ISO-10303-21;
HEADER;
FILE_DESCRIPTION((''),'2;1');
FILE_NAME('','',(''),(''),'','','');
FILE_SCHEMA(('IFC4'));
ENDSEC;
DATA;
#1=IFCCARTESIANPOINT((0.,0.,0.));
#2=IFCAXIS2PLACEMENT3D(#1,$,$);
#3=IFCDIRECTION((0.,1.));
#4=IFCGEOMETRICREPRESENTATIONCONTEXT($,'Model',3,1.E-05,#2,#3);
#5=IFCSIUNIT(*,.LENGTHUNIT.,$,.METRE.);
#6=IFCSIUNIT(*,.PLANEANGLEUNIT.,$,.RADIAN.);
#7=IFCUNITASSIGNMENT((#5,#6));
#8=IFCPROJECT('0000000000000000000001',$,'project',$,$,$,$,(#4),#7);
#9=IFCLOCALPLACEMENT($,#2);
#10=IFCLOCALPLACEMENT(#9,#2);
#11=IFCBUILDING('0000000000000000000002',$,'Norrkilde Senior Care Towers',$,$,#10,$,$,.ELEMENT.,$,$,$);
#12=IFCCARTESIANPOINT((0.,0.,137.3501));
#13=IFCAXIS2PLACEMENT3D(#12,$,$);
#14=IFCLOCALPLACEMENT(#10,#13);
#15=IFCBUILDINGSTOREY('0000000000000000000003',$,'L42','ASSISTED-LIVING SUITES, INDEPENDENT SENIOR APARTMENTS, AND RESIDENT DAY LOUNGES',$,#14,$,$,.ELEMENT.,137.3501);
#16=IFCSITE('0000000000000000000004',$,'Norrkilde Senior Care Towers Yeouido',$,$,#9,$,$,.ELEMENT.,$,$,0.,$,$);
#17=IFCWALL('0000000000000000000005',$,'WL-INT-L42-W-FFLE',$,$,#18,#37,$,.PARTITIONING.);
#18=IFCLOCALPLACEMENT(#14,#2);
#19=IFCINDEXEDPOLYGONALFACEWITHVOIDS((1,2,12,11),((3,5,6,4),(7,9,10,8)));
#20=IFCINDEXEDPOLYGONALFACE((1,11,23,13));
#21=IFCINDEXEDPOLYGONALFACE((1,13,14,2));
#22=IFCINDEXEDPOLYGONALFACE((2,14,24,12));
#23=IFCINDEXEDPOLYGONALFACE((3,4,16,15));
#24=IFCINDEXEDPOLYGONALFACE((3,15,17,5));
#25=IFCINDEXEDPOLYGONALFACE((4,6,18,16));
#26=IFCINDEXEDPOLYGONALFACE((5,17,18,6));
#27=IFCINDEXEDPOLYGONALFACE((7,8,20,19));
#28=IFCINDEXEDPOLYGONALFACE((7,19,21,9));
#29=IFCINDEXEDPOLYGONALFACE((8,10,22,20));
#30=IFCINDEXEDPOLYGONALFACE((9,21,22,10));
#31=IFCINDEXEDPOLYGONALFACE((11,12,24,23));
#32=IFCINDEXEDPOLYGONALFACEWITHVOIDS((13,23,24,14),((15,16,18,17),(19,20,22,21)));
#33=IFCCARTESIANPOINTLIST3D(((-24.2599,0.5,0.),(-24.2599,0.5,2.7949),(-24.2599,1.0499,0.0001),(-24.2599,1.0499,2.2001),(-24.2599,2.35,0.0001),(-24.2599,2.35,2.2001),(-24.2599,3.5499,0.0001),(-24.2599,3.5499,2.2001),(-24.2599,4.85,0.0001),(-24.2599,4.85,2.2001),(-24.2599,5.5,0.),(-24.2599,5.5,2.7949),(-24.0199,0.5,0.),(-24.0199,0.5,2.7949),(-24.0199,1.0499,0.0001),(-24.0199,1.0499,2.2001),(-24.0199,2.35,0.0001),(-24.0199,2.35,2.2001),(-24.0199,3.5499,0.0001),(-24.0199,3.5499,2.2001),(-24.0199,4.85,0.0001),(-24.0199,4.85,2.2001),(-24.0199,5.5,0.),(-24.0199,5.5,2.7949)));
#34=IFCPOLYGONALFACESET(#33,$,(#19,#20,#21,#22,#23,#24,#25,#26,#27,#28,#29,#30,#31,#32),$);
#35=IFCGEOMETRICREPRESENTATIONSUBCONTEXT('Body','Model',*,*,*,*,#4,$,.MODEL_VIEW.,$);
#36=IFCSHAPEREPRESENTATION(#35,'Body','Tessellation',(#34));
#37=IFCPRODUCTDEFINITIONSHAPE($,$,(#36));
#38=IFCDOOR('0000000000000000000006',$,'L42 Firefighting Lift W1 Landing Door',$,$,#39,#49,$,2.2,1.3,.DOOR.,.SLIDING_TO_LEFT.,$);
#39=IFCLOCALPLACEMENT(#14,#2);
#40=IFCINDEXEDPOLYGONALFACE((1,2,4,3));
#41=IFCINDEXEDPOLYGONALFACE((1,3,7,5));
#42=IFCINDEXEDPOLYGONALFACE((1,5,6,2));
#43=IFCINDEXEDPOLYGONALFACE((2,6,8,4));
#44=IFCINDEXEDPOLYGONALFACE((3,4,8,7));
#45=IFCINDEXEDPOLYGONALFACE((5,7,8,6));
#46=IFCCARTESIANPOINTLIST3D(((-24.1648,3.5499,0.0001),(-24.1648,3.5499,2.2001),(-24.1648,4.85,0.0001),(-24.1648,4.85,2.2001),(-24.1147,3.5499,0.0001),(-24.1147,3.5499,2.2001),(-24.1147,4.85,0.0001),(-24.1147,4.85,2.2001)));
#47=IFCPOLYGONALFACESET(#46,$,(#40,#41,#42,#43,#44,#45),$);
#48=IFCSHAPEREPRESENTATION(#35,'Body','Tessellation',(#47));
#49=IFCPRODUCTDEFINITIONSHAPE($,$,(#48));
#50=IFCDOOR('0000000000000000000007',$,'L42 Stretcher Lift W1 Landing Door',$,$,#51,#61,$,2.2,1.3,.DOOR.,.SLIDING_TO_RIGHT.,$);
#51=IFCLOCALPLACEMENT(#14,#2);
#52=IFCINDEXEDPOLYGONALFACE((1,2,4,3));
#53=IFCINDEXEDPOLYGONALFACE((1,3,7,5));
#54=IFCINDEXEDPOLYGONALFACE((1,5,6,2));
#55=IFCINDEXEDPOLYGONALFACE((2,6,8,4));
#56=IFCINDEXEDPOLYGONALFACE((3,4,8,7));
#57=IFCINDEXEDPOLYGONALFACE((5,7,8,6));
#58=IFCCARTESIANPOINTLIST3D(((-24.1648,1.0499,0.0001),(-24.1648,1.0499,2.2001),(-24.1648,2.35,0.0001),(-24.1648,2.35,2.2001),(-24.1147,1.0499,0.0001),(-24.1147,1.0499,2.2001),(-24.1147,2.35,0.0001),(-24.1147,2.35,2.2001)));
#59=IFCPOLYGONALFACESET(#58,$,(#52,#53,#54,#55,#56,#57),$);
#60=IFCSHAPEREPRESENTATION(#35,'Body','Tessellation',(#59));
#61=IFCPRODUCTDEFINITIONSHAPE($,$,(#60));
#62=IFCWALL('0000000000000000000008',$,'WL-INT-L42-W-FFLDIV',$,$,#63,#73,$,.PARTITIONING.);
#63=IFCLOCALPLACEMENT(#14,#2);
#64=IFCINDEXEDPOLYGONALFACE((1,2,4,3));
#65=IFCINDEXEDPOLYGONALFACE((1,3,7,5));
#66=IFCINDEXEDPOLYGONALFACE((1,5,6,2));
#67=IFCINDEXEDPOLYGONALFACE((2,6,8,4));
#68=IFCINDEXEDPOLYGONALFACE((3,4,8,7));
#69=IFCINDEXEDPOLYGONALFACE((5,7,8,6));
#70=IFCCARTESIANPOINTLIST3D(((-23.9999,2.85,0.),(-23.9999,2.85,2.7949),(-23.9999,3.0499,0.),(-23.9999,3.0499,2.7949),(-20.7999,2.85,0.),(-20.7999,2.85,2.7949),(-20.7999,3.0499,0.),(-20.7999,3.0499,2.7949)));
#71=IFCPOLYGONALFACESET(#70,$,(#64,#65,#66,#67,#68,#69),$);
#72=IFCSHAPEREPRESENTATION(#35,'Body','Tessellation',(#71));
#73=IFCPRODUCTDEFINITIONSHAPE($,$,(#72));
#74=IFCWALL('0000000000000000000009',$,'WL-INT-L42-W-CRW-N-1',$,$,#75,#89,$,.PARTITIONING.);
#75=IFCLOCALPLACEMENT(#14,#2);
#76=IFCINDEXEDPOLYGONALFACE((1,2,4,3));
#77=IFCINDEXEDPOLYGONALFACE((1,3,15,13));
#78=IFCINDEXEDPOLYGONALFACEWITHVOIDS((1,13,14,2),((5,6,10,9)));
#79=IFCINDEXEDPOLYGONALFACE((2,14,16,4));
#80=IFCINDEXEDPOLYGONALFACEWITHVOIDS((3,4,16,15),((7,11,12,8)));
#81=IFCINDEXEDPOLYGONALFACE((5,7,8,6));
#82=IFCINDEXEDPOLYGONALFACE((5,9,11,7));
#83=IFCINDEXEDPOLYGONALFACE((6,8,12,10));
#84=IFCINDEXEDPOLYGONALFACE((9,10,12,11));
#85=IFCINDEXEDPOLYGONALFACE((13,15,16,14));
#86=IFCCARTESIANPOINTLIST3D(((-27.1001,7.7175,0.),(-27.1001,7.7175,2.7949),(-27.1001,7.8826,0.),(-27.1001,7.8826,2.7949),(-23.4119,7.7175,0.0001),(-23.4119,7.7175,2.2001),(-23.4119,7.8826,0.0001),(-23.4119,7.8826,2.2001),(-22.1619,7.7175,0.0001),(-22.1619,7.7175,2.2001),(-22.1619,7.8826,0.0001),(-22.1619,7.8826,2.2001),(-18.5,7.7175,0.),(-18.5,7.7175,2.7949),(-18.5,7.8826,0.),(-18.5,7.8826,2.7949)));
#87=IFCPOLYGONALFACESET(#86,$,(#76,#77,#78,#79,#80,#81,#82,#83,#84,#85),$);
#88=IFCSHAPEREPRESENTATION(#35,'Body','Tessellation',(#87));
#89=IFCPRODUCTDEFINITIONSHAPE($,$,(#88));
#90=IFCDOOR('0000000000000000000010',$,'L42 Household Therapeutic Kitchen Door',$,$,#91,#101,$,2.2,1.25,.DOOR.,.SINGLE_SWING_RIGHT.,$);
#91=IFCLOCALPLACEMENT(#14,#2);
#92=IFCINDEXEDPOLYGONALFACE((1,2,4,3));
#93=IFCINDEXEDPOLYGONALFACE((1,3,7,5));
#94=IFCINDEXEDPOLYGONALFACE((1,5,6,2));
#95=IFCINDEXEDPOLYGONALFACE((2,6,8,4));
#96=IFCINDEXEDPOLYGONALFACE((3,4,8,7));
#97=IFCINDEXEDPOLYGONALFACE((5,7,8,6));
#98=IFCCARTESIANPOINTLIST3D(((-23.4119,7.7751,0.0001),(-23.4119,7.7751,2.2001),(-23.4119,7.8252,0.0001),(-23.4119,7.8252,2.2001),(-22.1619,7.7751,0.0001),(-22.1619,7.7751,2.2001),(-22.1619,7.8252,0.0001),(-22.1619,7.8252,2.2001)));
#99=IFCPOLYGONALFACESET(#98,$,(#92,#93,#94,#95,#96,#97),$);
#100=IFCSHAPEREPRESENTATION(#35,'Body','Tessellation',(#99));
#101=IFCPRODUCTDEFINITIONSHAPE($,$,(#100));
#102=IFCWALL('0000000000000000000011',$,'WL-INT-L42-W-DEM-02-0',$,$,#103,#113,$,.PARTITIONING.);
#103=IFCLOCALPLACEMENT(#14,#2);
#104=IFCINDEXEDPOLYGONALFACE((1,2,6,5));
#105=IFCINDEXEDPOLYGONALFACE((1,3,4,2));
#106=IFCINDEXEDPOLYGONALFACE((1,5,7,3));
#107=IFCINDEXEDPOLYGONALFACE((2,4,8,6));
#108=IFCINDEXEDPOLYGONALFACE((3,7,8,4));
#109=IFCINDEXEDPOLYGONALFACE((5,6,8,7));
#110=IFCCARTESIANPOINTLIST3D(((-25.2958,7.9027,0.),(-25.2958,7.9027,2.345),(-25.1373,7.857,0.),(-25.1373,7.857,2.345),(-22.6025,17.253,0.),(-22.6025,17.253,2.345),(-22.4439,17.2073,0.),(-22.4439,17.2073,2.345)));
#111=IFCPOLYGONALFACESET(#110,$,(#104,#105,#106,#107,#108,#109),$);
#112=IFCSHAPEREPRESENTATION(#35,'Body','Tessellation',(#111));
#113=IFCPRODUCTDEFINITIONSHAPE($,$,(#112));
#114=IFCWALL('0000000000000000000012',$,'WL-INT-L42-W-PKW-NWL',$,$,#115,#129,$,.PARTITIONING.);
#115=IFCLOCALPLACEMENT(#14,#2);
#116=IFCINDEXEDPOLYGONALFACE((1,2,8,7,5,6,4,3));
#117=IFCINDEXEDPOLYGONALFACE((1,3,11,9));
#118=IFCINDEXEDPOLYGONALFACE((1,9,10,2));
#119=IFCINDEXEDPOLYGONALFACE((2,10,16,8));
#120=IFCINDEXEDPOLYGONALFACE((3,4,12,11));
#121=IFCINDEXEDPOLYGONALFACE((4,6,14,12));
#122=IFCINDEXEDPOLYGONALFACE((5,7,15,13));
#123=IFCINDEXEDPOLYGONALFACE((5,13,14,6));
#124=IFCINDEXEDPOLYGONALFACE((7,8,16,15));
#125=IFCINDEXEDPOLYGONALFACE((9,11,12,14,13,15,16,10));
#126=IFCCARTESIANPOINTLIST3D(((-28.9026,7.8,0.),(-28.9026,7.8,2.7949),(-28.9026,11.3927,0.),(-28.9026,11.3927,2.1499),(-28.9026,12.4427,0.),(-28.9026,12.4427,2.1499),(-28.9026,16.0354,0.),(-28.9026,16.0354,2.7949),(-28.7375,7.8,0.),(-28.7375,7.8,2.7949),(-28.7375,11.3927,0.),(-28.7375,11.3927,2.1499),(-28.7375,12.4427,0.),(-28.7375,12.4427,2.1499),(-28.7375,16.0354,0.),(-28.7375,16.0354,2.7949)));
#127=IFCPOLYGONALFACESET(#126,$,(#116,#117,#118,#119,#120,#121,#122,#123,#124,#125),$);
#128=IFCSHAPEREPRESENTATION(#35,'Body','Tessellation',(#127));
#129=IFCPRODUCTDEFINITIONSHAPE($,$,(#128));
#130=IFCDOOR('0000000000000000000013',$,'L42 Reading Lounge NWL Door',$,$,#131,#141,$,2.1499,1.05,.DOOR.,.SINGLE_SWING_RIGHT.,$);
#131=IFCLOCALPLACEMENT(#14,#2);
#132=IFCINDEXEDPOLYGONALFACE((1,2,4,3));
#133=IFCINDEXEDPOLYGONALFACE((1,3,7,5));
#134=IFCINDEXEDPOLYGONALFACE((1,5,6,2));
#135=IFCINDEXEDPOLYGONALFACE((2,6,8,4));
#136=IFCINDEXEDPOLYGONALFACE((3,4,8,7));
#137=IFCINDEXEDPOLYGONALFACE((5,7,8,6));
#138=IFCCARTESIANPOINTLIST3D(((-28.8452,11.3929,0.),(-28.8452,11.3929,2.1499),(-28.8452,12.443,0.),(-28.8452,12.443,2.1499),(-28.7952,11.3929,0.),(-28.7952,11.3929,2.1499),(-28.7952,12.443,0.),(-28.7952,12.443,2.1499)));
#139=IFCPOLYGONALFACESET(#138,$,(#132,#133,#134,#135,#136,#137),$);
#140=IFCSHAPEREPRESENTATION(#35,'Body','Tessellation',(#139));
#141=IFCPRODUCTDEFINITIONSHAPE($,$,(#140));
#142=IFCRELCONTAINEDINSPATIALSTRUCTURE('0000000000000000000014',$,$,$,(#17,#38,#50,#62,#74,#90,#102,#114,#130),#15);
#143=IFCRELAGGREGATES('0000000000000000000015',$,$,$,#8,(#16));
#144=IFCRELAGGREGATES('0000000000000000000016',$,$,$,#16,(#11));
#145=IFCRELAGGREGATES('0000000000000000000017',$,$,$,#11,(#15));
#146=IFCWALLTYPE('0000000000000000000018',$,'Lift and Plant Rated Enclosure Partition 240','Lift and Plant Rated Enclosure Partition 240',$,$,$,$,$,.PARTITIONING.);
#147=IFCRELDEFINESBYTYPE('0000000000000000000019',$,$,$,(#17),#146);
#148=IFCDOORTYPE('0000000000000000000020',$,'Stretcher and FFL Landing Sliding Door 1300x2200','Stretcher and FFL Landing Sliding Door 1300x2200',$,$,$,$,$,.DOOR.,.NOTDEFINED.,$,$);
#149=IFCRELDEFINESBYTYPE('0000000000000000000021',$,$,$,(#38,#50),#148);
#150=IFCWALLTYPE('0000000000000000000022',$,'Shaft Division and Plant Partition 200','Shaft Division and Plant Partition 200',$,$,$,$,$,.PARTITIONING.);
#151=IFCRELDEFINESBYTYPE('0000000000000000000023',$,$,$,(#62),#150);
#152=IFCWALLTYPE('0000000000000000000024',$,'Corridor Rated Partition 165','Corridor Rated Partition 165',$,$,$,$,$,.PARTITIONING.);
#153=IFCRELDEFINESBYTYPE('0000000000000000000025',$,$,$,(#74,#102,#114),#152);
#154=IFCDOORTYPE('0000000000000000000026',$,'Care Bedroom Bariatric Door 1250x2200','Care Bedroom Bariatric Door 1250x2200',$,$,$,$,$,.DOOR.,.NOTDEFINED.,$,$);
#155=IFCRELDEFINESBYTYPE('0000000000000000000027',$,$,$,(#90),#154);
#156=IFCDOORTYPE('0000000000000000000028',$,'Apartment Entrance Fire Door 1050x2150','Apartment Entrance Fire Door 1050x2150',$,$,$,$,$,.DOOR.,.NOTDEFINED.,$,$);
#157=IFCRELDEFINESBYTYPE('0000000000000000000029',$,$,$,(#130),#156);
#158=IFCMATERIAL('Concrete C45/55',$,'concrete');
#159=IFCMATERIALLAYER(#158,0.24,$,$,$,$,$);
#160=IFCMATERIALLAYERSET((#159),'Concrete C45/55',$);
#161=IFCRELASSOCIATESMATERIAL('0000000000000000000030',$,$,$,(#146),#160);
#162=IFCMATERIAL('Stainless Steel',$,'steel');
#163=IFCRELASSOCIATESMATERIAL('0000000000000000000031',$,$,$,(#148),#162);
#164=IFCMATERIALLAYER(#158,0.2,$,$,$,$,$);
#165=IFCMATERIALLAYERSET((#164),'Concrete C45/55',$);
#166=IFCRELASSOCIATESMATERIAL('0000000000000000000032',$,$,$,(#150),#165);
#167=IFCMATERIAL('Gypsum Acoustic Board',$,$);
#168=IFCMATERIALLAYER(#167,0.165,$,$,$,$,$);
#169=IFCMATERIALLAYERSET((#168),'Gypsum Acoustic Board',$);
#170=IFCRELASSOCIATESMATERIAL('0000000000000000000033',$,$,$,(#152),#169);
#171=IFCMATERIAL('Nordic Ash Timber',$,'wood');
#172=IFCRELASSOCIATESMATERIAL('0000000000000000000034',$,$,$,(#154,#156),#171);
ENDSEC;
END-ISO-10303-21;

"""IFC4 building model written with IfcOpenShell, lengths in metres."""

from ifc_helpers import new_model, si_unit, direction, frame, frame_2d, origin, place, context, subcontext, project, spatial, rectangle, extrude, source, transform, mapped, material, layer, layer_set, type_object, type_shapes, element, fill, save


model = new_model("IFC4")

# Units and contexts
model_context = context("Model", 3, precision=1e-05, world=origin(), true_north=direction((0.0, 1.0)))
body_context = subcontext(model_context, "Body", "Model", "MODEL_VIEW")
ifc_project = project(units=[si_unit("LENGTHUNIT", "METRE"), si_unit("PLANEANGLEUNIT", "RADIAN")], contexts=[model_context])

# Site, building, storey
site_placement = place(None, origin())
site = spatial("IfcSite", under=ifc_project, at=site_placement, Name="Norrkilde Senior Care Towers Yeouido", CompositionType="ELEMENT", RefElevation=0.0)
building_placement = place(site_placement, origin())
building = spatial("IfcBuilding", under=site, at=building_placement, Name="Norrkilde Senior Care Towers", CompositionType="ELEMENT")
storey_placement = place(building_placement, frame((0.0, 0.0, 137.3501)))
storey = spatial("IfcBuildingStorey", under=building, at=storey_placement, Name="L42", Description="ASSISTED-LIVING SUITES, INDEPENDENT SENIOR APARTMENTS, AND RESIDENT DAY LOUNGES", CompositionType="ELEMENT", Elevation=137.3501)

# Wall, openings, doors
ifc_material_1 = material(Name="Concrete C45/55", Category="concrete")
ifc_layer_1 = layer(ifc_material_1, 0.24)
ifc_layer_set_1 = layer_set([ifc_layer_1], Name="Concrete C45/55")
wall_type_1 = type_object("IfcWallType", Name="Lift and Plant Rated Enclosure Partition 240", Description="Lift and Plant Rated Enclosure Partition 240", PredefinedType="PARTITIONING", material=ifc_layer_set_1)
shared_shape_1 = source(origin(), body_context, "Body", "SweptSolid", [
    extrude(rectangle(XDim=5.0, YDim=0.24, at=frame_2d((2.5, 0.0))), origin(), (0.0, 0.0, 1.0), 2.7949),
])
type_shapes(wall_type_1, [shared_shape_1])
wall_1_placement = place(storey_placement, frame((-24.1399, 0.5, 0.0), z_axis=(0.0, 0.0, 1.0), x_axis=(0.0, 1.0, 0.0)))
wall_1 = element("IfcWall", 1, at=wall_1_placement, inside=storey, type_object=wall_type_1, Name="WL-INT-L42-W-FFLE", PredefinedType="PARTITIONING", context=body_context, shape_type="MappedRepresentation", body=[
    mapped(shared_shape_1, transform((0.0, 0.0, 0.0), x_axis=(1.0, 0.0, 0.0), y_axis=(0.0, 1.0, 0.0), z_axis=(0.0, 0.0, 1.0), scale=1.0)),
])
opening_1_placement = place(wall_1_placement, frame((3.05, 0.0, 0.0)))
opening_1 = element("IfcOpeningElement", 2, at=opening_1_placement, cuts=wall_1, PredefinedType="OPENING", context=body_context, shape_type="SweptSolid", body=[
    extrude(rectangle(XDim=1.3, YDim=2.2, at=frame_2d((0.6499, 1.1001))), frame((0.0, 0.1299, 0.0), z_axis=(0.0, -1.0, 0.0), x_axis=(1.0, 0.0, 0.0)), (0.0, 0.0, 1.0), 0.26),
])
opening_2_placement = place(wall_1_placement, frame((0.55, 0.0, 0.0)))
opening_2 = element("IfcOpeningElement", 3, at=opening_2_placement, cuts=wall_1, PredefinedType="OPENING", context=body_context, shape_type="SweptSolid", body=[
    extrude(rectangle(XDim=1.3, YDim=2.2, at=frame_2d((0.6499, 1.1001))), frame((0.0, 0.1299, 0.0), z_axis=(0.0, -1.0, 0.0), x_axis=(1.0, 0.0, 0.0)), (0.0, 0.0, 1.0), 0.26),
])
ifc_material_2 = material(Name="Stainless Steel", Category="steel")
door_type_1 = type_object("IfcDoorType", Name="Stretcher and FFL Landing Sliding Door 1300x2200", Description="Stretcher and FFL Landing Sliding Door 1300x2200", OperationType="NOTDEFINED", PredefinedType="DOOR", material=ifc_material_2)
shared_shape_2 = source(origin(), body_context, "Body", "SweptSolid", [
    extrude(rectangle(XDim=1.3, YDim=2.2, at=frame_2d((0.6499, 1.1001))), frame((0.0, 0.0249, 0.0), z_axis=(0.0, -1.0, 0.0), x_axis=(1.0, 0.0, 0.0)), (0.0, 0.0, 1.0), 0.05),
])
type_shapes(door_type_1, [shared_shape_2])
door_1_placement = place(opening_1_placement, origin())
door_1 = element("IfcDoor", 4, at=door_1_placement, inside=storey, type_object=door_type_1, Name="L42 Firefighting Lift W1 Landing Door", OperationType="SLIDING_TO_LEFT", OverallHeight=2.2, OverallWidth=1.3, PredefinedType="DOOR", context=body_context, shape_type="MappedRepresentation", body=[
    mapped(shared_shape_2, transform((0.0, 0.0, 0.0), x_axis=(1.0, 0.0, 0.0), y_axis=(0.0, 1.0, 0.0), z_axis=(0.0, 0.0, 1.0), scale=1.0)),
])
fill(opening_1, door_1)
door_2_placement = place(opening_2_placement, origin())
door_2 = element("IfcDoor", 5, at=door_2_placement, inside=storey, type_object=door_type_1, Name="L42 Stretcher Lift W1 Landing Door", OperationType="SLIDING_TO_RIGHT", OverallHeight=2.2, OverallWidth=1.3, PredefinedType="DOOR", context=body_context, shape_type="MappedRepresentation", body=[
    mapped(shared_shape_2, transform((0.0, 0.0, 0.0), x_axis=(1.0, 0.0, 0.0), y_axis=(0.0, 1.0, 0.0), z_axis=(0.0, 0.0, 1.0), scale=1.0)),
])
fill(opening_2, door_2)

# Wall
ifc_layer_2 = layer(ifc_material_1, 0.2)
ifc_layer_set_2 = layer_set([ifc_layer_2], Name="Concrete C45/55")
wall_type_2 = type_object("IfcWallType", Name="Shaft Division and Plant Partition 200", Description="Shaft Division and Plant Partition 200", PredefinedType="PARTITIONING", material=ifc_layer_set_2)
shared_shape_3 = source(origin(), body_context, "Body", "SweptSolid", [
    extrude(rectangle(XDim=3.2, YDim=0.2, at=frame_2d((1.6001, 0.0))), origin(), (0.0, 0.0, 1.0), 2.7949),
])
type_shapes(wall_type_2, [shared_shape_3])
wall_2_placement = place(storey_placement, frame((-24.0, 2.95, 0.0), z_axis=(0.0, 0.0, 1.0), x_axis=(1.0, 0.0, 0.0)))
element("IfcWall", 6, at=wall_2_placement, inside=storey, type_object=wall_type_2, Name="WL-INT-L42-W-FFLDIV", PredefinedType="PARTITIONING", context=body_context, shape_type="MappedRepresentation", body=[
    mapped(shared_shape_3, transform((0.0, 0.0, 0.0), x_axis=(1.0, 0.0, 0.0), y_axis=(0.0, 1.0, 0.0), z_axis=(0.0, 0.0, 1.0), scale=1.0)),
])

# Wall, opening, door
ifc_material_3 = material(Name="Gypsum Acoustic Board")
ifc_layer_3 = layer(ifc_material_3, 0.165)
ifc_layer_set_3 = layer_set([ifc_layer_3], Name="Gypsum Acoustic Board")
wall_type_3 = type_object("IfcWallType", Name="Corridor Rated Partition 165", Description="Corridor Rated Partition 165", PredefinedType="PARTITIONING", material=ifc_layer_set_3)
shared_shape_4 = source(origin(), body_context, "Body", "SweptSolid", [
    extrude(rectangle(XDim=8.6001, YDim=0.165, at=frame_2d((4.3, 0.0))), origin(), (0.0, 0.0, 1.0), 2.7949),
])
wall_3_placement = place(storey_placement, frame((-27.1001, 7.8, 0.0), z_axis=(0.0, 0.0, 1.0), x_axis=(1.0, 0.0, 0.0)))
wall_3 = element("IfcWall", 7, at=wall_3_placement, inside=storey, type_object=wall_type_3, Name="WL-INT-L42-W-CRW-N-1", PredefinedType="PARTITIONING", context=body_context, shape_type="MappedRepresentation", body=[
    mapped(shared_shape_4, transform((0.0, 0.0, 0.0), x_axis=(1.0, 0.0, 0.0), y_axis=(0.0, 1.0, 0.0), z_axis=(0.0, 0.0, 1.0), scale=1.0)),
])
opening_3_placement = place(wall_3_placement, frame((3.6882, 0.0, 0.0)))
opening_3 = element("IfcOpeningElement", 8, at=opening_3_placement, cuts=wall_3, PredefinedType="OPENING", context=body_context, shape_type="SweptSolid", body=[
    extrude(rectangle(XDim=1.25, YDim=2.2, at=frame_2d((0.625, 1.1001))), frame((0.0, 0.0925, 0.0), z_axis=(0.0, -1.0, 0.0), x_axis=(1.0, 0.0, 0.0)), (0.0, 0.0, 1.0), 0.1851),
])
ifc_material_4 = material(Name="Nordic Ash Timber", Category="wood")
door_type_2 = type_object("IfcDoorType", Name="Care Bedroom Bariatric Door 1250x2200", Description="Care Bedroom Bariatric Door 1250x2200", OperationType="NOTDEFINED", PredefinedType="DOOR", material=ifc_material_4)
shared_shape_5 = source(origin(), body_context, "Body", "SweptSolid", [
    extrude(rectangle(XDim=1.25, YDim=2.2, at=frame_2d((0.625, 1.1001))), frame((0.0, 0.0249, 0.0), z_axis=(0.0, -1.0, 0.0), x_axis=(1.0, 0.0, 0.0)), (0.0, 0.0, 1.0), 0.05),
])
type_shapes(door_type_2, [shared_shape_5])
door_3_placement = place(opening_3_placement, frame((1.25, 0.0, 0.0), z_axis=(0.0, 0.0, 1.0), x_axis=(-1.0, 0.0, 0.0)))
door_3 = element("IfcDoor", 9, at=door_3_placement, inside=storey, type_object=door_type_2, Name="L42 Household Therapeutic Kitchen Door", OperationType="SINGLE_SWING_RIGHT", OverallHeight=2.2, OverallWidth=1.25, PredefinedType="DOOR", context=body_context, shape_type="MappedRepresentation", body=[
    mapped(shared_shape_5, transform((0.0, 0.0, 0.0), x_axis=(1.0, 0.0, 0.0), y_axis=(0.0, 1.0, 0.0), z_axis=(0.0, 0.0, 1.0), scale=1.0)),
])
fill(opening_3, door_3)

# Wall
shared_shape_6 = source(origin(), body_context, "Body", "SweptSolid", [
    extrude(rectangle(XDim=9.7305, YDim=0.165, at=frame_2d((4.8652, 0.0))), origin(), (0.0, 0.0, 1.0), 2.345),
])
wall_4_placement = place(storey_placement, frame((-25.2166, 7.8799, 0.0), z_axis=(0.0, 0.0, 1.0), x_axis=(0.276795, 0.960929, 0.0)))
element("IfcWall", 10, at=wall_4_placement, inside=storey, type_object=wall_type_3, Name="WL-INT-L42-W-DEM-02-0", PredefinedType="PARTITIONING", context=body_context, shape_type="MappedRepresentation", body=[
    mapped(shared_shape_6, transform((0.0, 0.0, 0.0), x_axis=(1.0, 0.0, 0.0), y_axis=(0.0, 1.0, 0.0), z_axis=(0.0, 0.0, 1.0), scale=1.0)),
])

# Wall, opening, door
shared_shape_7 = source(origin(), body_context, "Body", "SweptSolid", [
    extrude(rectangle(XDim=8.2354, YDim=0.165, at=frame_2d((4.1177, 0.0))), origin(), (0.0, 0.0, 1.0), 2.7949),
])
wall_5_placement = place(storey_placement, frame((-28.8201, 7.8, 0.0), z_axis=(0.0, 0.0, 1.0), x_axis=(0.0, 1.0, 0.0)))
wall_5 = element("IfcWall", 11, at=wall_5_placement, inside=storey, type_object=wall_type_3, Name="WL-INT-L42-W-PKW-NWL", PredefinedType="PARTITIONING", context=body_context, shape_type="MappedRepresentation", body=[
    mapped(shared_shape_7, transform((0.0, 0.0, 0.0), x_axis=(1.0, 0.0, 0.0), y_axis=(0.0, 1.0, 0.0), z_axis=(0.0, 0.0, 1.0), scale=1.0)),
])
opening_4_placement = place(wall_5_placement, frame((3.5928, 0.0, 0.0)))
opening_4 = element("IfcOpeningElement", 12, at=opening_4_placement, cuts=wall_5, PredefinedType="OPENING", context=body_context, shape_type="SweptSolid", body=[
    extrude(rectangle(XDim=1.05, YDim=2.1499, at=frame_2d((0.5249, 1.075))), frame((0.0, 0.0925, 0.0), z_axis=(0.0, -1.0, 0.0), x_axis=(1.0, 0.0, 0.0)), (0.0, 0.0, 1.0), 0.1851),
])
door_type_3 = type_object("IfcDoorType", Name="Apartment Entrance Fire Door 1050x2150", Description="Apartment Entrance Fire Door 1050x2150", OperationType="NOTDEFINED", PredefinedType="DOOR", material=ifc_material_4)
shared_shape_8 = source(origin(), body_context, "Body", "SweptSolid", [
    extrude(rectangle(XDim=1.05, YDim=2.1499, at=frame_2d((0.5249, 1.075))), frame((0.0, 0.0249, 0.0), z_axis=(0.0, -1.0, 0.0), x_axis=(1.0, 0.0, 0.0)), (0.0, 0.0, 1.0), 0.05),
])
type_shapes(door_type_3, [shared_shape_8])
door_4_placement = place(opening_4_placement, frame((1.05, 0.0, 0.0), z_axis=(0.0, 0.0, 1.0), x_axis=(-1.0, 0.0, 0.0)))
door_4 = element("IfcDoor", 13, at=door_4_placement, inside=storey, type_object=door_type_3, Name="L42 Reading Lounge NWL Door", OperationType="SINGLE_SWING_RIGHT", OverallHeight=2.1499, OverallWidth=1.05, PredefinedType="DOOR", context=body_context, shape_type="MappedRepresentation", body=[
    mapped(shared_shape_8, transform((0.0, 0.0, 0.0), x_axis=(1.0, 0.0, 0.0), y_axis=(0.0, 1.0, 0.0), z_axis=(0.0, 0.0, 1.0), scale=1.0)),
])
fill(opening_4, door_4)

save(model, "model.ifc")
